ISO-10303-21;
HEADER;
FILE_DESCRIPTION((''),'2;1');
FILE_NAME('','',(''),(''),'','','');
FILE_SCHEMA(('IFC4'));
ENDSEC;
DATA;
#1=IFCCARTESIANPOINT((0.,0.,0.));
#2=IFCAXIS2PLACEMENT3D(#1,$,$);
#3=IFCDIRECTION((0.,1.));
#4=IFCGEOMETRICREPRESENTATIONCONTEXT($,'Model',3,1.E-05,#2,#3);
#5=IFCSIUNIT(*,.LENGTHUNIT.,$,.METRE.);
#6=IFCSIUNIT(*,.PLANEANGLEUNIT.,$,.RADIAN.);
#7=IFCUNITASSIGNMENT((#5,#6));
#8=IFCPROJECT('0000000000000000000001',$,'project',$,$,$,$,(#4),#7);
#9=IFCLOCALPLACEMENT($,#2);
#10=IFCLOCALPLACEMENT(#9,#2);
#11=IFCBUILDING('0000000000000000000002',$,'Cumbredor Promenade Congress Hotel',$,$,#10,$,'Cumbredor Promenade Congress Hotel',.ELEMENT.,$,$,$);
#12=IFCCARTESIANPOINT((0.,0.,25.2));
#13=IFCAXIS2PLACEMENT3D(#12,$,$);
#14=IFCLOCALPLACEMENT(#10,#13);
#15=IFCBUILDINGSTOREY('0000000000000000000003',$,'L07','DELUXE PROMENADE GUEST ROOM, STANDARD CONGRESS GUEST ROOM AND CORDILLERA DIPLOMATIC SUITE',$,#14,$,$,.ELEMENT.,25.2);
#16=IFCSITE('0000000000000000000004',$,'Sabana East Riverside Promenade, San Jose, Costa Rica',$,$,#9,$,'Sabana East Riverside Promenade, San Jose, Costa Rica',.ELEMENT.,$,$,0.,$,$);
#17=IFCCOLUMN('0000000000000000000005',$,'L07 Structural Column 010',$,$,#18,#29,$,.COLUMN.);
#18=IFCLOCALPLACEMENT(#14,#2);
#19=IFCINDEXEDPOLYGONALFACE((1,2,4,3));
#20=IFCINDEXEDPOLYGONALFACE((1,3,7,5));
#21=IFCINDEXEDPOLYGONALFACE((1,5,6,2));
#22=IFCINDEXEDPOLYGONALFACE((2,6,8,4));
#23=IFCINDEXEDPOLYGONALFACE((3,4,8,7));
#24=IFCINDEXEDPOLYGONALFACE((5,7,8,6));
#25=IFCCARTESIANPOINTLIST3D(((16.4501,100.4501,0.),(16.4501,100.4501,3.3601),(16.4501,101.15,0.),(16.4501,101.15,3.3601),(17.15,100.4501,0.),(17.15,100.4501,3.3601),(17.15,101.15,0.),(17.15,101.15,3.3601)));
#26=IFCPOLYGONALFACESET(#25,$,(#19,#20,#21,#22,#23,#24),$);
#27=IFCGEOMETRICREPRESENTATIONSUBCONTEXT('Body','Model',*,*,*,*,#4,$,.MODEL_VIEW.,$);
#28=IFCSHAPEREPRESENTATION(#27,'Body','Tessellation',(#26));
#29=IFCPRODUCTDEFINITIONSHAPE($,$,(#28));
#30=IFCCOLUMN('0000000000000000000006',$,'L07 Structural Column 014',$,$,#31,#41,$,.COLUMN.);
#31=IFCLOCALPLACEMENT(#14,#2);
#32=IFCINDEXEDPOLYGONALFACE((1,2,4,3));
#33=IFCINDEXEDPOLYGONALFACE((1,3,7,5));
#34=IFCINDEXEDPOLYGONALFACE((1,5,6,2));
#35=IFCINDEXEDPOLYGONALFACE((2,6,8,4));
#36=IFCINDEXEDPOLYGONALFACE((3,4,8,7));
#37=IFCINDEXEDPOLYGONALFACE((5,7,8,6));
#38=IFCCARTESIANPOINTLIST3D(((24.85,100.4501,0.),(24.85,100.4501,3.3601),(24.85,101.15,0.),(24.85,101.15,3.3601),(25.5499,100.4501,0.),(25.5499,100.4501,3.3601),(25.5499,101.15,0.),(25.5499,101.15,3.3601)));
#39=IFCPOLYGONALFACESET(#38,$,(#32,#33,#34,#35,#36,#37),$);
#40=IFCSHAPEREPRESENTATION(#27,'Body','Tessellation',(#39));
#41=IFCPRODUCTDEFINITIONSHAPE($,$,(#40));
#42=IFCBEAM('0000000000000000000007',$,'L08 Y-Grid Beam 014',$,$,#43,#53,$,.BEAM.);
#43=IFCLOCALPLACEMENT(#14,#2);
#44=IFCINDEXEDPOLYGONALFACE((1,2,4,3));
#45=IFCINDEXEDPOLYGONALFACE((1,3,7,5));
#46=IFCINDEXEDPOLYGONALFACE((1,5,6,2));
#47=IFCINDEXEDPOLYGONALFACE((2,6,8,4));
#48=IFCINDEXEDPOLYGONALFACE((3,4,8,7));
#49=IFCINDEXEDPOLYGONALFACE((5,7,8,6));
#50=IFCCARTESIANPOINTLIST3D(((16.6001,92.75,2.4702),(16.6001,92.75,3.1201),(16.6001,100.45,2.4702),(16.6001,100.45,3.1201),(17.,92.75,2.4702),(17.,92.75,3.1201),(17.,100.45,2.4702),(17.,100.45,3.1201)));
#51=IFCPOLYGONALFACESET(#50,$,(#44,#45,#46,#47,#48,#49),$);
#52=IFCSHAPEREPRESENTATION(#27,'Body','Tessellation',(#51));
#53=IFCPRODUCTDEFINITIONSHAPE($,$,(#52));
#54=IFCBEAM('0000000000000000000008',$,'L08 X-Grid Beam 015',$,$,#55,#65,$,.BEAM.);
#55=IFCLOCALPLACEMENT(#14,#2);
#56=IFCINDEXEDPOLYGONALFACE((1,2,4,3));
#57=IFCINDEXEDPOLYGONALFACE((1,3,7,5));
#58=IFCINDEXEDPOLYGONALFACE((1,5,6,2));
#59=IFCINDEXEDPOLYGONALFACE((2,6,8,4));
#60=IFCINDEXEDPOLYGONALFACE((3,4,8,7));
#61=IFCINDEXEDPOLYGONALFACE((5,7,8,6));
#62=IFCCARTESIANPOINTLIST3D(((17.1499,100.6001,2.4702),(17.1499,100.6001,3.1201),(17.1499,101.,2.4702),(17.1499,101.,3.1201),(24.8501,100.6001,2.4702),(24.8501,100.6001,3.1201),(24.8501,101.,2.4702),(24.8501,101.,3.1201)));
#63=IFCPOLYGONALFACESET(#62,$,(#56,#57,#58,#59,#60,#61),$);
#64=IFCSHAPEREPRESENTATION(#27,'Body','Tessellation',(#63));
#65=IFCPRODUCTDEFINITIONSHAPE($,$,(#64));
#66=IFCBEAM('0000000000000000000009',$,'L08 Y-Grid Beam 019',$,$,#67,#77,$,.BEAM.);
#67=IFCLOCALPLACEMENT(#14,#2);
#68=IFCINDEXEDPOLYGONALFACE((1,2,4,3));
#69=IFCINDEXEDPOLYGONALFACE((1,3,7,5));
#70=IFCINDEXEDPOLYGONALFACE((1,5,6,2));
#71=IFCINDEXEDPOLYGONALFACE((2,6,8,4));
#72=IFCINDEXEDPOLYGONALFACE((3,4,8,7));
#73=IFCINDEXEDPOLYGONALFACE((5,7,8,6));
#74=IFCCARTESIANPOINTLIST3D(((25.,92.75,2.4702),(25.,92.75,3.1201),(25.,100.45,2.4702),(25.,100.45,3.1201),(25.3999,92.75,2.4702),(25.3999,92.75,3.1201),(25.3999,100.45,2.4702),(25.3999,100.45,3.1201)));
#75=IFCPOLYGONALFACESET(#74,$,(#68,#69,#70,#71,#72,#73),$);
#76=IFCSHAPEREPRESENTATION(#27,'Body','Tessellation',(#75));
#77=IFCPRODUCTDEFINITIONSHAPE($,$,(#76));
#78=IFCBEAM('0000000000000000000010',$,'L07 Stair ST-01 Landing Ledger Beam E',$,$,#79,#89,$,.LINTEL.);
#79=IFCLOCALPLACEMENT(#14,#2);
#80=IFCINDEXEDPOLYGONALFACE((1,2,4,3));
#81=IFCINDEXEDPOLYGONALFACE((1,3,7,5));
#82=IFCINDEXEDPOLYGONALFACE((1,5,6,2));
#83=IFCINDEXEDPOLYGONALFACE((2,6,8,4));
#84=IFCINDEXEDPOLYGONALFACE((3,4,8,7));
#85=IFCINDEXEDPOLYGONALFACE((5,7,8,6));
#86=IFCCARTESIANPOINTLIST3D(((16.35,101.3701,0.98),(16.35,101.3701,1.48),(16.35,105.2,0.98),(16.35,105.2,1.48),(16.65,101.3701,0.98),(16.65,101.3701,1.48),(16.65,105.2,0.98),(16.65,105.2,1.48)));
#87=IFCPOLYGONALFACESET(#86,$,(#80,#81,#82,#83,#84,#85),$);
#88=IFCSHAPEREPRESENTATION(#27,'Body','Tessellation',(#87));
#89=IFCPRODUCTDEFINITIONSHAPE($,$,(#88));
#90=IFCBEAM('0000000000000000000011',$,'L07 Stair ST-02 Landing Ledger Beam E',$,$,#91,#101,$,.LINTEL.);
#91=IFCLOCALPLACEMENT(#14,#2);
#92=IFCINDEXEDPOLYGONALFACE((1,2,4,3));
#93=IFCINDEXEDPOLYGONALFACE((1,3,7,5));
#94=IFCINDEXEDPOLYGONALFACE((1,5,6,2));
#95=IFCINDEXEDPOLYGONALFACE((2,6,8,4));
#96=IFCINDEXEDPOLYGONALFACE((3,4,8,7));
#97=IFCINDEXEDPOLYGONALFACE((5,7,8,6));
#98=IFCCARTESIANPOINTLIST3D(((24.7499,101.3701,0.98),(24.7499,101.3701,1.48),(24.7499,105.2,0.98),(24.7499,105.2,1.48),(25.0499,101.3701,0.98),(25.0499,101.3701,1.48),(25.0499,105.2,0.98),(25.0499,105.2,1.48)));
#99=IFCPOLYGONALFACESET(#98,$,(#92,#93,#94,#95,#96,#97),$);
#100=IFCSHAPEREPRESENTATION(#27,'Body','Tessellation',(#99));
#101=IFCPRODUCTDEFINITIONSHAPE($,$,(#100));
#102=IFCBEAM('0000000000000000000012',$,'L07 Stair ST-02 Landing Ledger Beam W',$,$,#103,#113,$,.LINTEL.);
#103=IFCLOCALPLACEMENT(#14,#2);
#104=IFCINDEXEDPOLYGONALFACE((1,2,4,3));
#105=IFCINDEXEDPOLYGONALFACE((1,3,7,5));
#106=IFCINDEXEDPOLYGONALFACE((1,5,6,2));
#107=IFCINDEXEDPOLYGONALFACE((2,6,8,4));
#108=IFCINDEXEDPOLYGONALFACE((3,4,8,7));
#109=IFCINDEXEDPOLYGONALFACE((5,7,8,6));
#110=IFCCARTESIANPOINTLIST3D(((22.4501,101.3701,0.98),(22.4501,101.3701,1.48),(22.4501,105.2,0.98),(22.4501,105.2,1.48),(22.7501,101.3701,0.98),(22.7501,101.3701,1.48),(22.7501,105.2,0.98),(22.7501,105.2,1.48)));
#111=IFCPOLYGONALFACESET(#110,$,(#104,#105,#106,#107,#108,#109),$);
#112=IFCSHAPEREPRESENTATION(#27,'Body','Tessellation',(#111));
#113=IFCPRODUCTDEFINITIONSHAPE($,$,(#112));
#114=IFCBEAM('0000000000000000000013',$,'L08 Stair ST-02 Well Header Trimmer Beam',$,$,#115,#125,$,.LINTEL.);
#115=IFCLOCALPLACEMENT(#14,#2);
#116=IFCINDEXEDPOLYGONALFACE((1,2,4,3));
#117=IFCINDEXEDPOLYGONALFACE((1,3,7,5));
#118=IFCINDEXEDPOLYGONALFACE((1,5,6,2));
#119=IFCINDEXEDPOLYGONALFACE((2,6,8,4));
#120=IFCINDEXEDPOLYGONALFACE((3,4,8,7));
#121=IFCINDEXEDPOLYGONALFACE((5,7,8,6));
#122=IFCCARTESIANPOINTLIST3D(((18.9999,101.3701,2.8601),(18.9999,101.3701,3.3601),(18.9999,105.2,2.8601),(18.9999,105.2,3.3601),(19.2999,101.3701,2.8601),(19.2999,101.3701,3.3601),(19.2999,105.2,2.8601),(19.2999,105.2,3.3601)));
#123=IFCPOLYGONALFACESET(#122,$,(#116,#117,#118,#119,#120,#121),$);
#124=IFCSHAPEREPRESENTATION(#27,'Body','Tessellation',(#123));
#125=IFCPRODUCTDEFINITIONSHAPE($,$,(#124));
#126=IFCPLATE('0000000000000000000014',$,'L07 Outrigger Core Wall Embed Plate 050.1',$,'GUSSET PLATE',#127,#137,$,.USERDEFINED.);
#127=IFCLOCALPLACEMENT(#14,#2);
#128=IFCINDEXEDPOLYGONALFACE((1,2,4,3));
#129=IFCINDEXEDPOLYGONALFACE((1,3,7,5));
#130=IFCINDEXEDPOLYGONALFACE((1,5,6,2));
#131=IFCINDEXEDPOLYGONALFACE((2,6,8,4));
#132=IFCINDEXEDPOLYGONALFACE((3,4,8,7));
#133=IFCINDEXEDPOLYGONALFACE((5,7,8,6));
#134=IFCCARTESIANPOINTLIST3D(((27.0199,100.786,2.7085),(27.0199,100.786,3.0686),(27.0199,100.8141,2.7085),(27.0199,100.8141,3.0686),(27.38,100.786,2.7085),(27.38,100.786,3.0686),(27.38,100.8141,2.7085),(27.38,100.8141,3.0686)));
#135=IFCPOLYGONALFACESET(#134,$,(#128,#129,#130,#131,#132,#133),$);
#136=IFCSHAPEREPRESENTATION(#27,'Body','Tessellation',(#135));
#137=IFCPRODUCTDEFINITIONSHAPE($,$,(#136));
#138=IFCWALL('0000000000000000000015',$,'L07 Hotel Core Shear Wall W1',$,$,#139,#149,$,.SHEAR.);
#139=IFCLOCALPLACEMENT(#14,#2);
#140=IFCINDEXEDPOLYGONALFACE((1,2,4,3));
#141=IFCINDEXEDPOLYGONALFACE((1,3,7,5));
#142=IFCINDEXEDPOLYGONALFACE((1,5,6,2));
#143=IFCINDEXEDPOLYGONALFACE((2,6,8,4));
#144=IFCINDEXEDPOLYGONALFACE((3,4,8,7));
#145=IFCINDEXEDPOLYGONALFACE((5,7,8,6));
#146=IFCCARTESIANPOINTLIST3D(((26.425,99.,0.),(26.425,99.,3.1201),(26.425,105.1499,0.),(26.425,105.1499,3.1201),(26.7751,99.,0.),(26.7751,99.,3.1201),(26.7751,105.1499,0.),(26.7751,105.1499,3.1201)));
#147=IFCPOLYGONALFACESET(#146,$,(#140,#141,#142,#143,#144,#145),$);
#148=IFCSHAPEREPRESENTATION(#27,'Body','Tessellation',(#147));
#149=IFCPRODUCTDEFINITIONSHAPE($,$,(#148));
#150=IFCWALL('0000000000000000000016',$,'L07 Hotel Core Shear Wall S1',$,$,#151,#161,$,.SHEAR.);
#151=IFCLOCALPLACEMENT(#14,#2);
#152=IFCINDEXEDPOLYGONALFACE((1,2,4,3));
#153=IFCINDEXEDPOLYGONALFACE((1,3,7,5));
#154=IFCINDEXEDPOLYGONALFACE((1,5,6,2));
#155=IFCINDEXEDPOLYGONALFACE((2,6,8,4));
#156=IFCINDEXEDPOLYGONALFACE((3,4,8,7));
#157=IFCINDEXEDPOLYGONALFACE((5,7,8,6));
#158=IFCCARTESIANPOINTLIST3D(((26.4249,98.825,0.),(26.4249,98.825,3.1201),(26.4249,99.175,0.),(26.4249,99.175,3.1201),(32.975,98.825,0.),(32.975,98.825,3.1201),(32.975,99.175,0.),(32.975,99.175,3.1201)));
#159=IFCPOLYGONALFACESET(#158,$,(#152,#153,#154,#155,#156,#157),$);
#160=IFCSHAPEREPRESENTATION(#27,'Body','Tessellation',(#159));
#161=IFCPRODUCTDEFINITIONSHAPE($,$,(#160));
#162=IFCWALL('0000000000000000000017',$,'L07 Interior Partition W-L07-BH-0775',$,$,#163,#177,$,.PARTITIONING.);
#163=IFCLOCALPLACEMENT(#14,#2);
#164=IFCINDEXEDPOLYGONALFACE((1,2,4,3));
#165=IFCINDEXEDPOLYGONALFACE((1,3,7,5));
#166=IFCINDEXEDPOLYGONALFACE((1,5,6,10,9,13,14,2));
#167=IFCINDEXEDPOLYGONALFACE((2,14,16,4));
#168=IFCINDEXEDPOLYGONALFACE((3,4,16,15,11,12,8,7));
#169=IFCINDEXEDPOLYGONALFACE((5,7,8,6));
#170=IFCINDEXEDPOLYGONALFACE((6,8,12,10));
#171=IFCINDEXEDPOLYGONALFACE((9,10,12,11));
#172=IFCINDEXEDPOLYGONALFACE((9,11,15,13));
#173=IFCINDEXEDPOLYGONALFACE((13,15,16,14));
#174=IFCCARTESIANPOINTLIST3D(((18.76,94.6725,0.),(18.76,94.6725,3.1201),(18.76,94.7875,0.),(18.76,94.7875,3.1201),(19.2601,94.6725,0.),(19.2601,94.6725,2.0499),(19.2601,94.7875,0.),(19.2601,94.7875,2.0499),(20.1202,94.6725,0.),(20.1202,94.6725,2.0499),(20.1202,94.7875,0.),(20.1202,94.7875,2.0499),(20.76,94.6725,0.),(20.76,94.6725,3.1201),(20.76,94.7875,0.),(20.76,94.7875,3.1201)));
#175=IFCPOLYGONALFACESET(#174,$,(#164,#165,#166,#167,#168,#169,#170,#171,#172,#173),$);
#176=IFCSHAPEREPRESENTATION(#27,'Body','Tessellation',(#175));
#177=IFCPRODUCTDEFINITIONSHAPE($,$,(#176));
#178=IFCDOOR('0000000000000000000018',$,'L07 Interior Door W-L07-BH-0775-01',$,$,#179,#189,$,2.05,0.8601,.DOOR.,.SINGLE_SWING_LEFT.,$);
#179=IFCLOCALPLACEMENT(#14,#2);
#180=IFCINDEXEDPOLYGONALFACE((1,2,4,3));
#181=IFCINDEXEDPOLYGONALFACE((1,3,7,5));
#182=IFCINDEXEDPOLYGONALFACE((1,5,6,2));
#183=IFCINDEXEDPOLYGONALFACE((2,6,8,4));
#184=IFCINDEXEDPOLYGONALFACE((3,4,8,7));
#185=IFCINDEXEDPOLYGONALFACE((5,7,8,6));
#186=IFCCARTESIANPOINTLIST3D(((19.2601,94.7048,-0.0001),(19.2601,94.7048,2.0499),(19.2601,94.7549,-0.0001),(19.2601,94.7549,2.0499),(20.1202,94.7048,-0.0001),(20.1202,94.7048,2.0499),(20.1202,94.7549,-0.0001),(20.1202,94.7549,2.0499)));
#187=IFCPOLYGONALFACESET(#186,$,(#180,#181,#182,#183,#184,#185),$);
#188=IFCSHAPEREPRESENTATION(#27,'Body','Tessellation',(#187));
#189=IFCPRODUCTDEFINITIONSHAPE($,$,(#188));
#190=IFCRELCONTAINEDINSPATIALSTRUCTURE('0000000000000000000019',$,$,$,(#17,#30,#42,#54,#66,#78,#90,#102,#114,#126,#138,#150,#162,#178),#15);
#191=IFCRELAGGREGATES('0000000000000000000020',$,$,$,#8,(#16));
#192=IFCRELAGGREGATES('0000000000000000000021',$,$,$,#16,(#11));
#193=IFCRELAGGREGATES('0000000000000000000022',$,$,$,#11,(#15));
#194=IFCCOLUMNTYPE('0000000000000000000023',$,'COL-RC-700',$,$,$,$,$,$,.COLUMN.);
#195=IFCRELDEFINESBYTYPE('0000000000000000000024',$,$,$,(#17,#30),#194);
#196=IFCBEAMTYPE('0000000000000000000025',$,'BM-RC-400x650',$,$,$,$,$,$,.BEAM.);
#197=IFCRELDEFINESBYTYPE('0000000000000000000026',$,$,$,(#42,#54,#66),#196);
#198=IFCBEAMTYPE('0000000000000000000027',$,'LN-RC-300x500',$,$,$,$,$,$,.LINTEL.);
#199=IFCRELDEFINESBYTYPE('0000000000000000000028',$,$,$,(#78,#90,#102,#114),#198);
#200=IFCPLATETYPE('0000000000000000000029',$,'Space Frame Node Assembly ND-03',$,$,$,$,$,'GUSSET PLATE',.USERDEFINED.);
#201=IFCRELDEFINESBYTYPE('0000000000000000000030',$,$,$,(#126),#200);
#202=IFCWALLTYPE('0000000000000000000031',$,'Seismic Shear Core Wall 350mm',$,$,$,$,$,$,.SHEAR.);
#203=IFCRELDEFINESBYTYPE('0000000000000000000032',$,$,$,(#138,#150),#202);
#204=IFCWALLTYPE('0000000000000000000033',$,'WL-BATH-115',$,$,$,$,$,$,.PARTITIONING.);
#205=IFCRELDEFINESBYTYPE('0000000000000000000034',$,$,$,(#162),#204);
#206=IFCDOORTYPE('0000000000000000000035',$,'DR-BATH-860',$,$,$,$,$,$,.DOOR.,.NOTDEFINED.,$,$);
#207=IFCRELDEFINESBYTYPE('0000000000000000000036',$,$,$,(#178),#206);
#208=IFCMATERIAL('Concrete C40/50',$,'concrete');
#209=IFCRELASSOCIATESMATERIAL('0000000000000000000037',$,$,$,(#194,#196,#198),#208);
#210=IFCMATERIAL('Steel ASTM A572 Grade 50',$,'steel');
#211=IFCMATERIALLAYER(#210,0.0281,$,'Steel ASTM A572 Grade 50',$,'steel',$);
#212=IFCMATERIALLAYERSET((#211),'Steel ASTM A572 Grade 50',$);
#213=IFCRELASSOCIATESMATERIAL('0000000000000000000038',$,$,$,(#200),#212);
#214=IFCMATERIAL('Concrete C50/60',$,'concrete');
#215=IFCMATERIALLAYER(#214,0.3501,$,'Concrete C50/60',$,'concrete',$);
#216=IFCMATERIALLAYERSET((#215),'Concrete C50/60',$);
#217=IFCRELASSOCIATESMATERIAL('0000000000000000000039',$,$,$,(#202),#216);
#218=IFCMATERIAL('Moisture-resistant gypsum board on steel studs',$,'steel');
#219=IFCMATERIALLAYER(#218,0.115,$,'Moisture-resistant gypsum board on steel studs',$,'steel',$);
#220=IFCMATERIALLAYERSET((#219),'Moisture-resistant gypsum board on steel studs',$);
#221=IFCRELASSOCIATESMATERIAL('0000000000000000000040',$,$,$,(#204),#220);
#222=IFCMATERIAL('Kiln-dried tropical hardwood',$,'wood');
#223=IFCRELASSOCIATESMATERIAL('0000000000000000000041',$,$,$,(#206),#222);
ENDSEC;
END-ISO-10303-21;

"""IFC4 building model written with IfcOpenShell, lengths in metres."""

from ifc_helpers import new_model, si_unit, direction, frame, frame_2d, origin, origin_2d, place, context, subcontext, project, spatial, rectangle, extrude, material, layer, layer_set, material_profile, profile_set, type_object, element, fill, save


model = new_model("IFC4")

# Units and contexts
model_context = context("Model", 3, precision=1e-05, world=origin(), true_north=direction((0.0, 1.0)))
body_context = subcontext(model_context, "Body", "Model", "MODEL_VIEW")
ifc_project = project(units=[si_unit("LENGTHUNIT", "METRE"), si_unit("PLANEANGLEUNIT", "RADIAN")], contexts=[model_context])

# Site, building, storey
site_placement = place(None, origin())
site = spatial("IfcSite", under=ifc_project, at=site_placement, Name="Sabana East Riverside Promenade, San Jose, Costa Rica", LongName="Sabana East Riverside Promenade, San Jose, Costa Rica", CompositionType="ELEMENT", RefElevation=0.0)
building_placement = place(site_placement, origin())
building = spatial("IfcBuilding", under=site, at=building_placement, Name="Cumbredor Promenade Congress Hotel", LongName="Cumbredor Promenade Congress Hotel", CompositionType="ELEMENT")
storey_placement = place(building_placement, frame((0.0, 0.0, 25.2)))
storey = spatial("IfcBuildingStorey", under=building, at=storey_placement, Name="L07", Description="DELUXE PROMENADE GUEST ROOM, STANDARD CONGRESS GUEST ROOM AND CORDILLERA DIPLOMATIC SUITE", CompositionType="ELEMENT", Elevation=25.2)

# Columns
ifc_material_1 = material(Name="Concrete C40/50", Category="concrete")
ifc_material_profile_1 = material_profile(ifc_material_1, rectangle(XDim=0.7, YDim=0.7, at=origin_2d()), Name="RC 700x700")
ifc_profile_set_1 = profile_set([ifc_material_profile_1], Name="Concrete C40/50")
column_type = type_object("IfcColumnType", Name="COL-RC-700", PredefinedType="COLUMN", material=ifc_profile_set_1)
for number, where, z_axis, x_axis, name in (
    (1, (16.8, 100.8, 0.0), (0.0, 0.0, 1.0), (1.0, 0.0, 0.0), "L07 Structural Column 010"),
    (2, (25.2, 100.8, 0.0), (0.0, 0.0, 1.0), (1.0, 0.0, 0.0), "L07 Structural Column 014"),
):
    element("IfcColumn", number, at=place(storey_placement, frame(where, z_axis=z_axis, x_axis=x_axis)), inside=storey, type_object=column_type, Name=name, PredefinedType="COLUMN", context=body_context, shape_type="SweptSolid", body=[
        extrude(rectangle(XDim=0.7, YDim=0.7, at=origin_2d()), origin(), (0.0, 0.0, 1.0), 3.3601),
    ])

# Beams
ifc_material_profile_2 = material_profile(ifc_material_1, rectangle(XDim=0.3999, YDim=0.6499, at=origin_2d()), Name="RC BEAM 400x650")
ifc_profile_set_2 = profile_set([ifc_material_profile_2], Name="Concrete C40/50")
beam_type_1 = type_object("IfcBeamType", Name="BM-RC-400x650", PredefinedType="BEAM", material=ifc_profile_set_2)
beam_1_placement = place(storey_placement, frame((16.8, 92.75, 2.7952), z_axis=(0.0, 1.0, 0.0), x_axis=(-1.0, 0.0, 0.0)))
element("IfcBeam", 3, at=beam_1_placement, inside=storey, type_object=beam_type_1, Name="L08 Y-Grid Beam 014", PredefinedType="BEAM", context=body_context, shape_type="SweptSolid", body=[
    extrude(rectangle(XDim=0.3999, YDim=0.6499, at=origin_2d()), origin(), (0.0, 0.0, 1.0), 7.7),
])
beam_2_placement = place(storey_placement, frame((17.1499, 100.8, 2.7952), z_axis=(1.0, 0.0, 0.0), x_axis=(0.0, 1.0, 0.0)))
element("IfcBeam", 4, at=beam_2_placement, inside=storey, type_object=beam_type_1, Name="L08 X-Grid Beam 015", PredefinedType="BEAM", context=body_context, shape_type="SweptSolid", body=[
    extrude(rectangle(XDim=0.3999, YDim=0.6499, at=origin_2d()), origin(), (0.0, 0.0, 1.0), 7.7002),
])
beam_3_placement = place(storey_placement, frame((25.2, 92.75, 2.7952), z_axis=(0.0, 1.0, 0.0), x_axis=(-1.0, 0.0, 0.0)))
element("IfcBeam", 5, at=beam_3_placement, inside=storey, type_object=beam_type_1, Name="L08 Y-Grid Beam 019", PredefinedType="BEAM", context=body_context, shape_type="SweptSolid", body=[
    extrude(rectangle(XDim=0.3999, YDim=0.6499, at=origin_2d()), origin(), (0.0, 0.0, 1.0), 7.7),
])
ifc_material_profile_3 = material_profile(ifc_material_1, rectangle(XDim=0.3, YDim=0.5, at=origin_2d()), Name="RC LINTEL 300x500")
ifc_profile_set_3 = profile_set([ifc_material_profile_3], Name="Concrete C40/50")
beam_type_2 = type_object("IfcBeamType", Name="LN-RC-300x500", PredefinedType="LINTEL", material=ifc_profile_set_3)
for number, where, z_axis, x_axis, name in (
    (6, (16.5, 101.3701, 1.23), (0.0, 1.0, 0.0), (-1.0, 0.0, 0.0), "L07 Stair ST-01 Landing Ledger Beam E"),
    (7, (24.8999, 101.3701, 1.23), (0.0, 1.0, 0.0), (-1.0, 0.0, 0.0), "L07 Stair ST-02 Landing Ledger Beam E"),
    (8, (22.6001, 101.3701, 1.23), (0.0, 1.0, 0.0), (-1.0, 0.0, 0.0), "L07 Stair ST-02 Landing Ledger Beam W"),
    (9, (19.1499, 101.3701, 3.1101), (0.0, 1.0, 0.0), (-1.0, 0.0, 0.0), "L08 Stair ST-02 Well Header Trimmer Beam"),
):
    element("IfcBeam", number, at=place(storey_placement, frame(where, z_axis=z_axis, x_axis=x_axis)), inside=storey, type_object=beam_type_2, Name=name, PredefinedType="LINTEL", context=body_context, shape_type="SweptSolid", body=[
        extrude(rectangle(XDim=0.3, YDim=0.5, at=origin_2d()), origin(), (0.0, 0.0, 1.0), 3.8298),
    ])

# Plate
ifc_material_2 = material(Name="Steel ASTM A572 Grade 50", Category="steel")
ifc_layer_1 = layer(ifc_material_2, 0.0281, Name="Steel ASTM A572 Grade 50", Category="steel")
ifc_layer_set_1 = layer_set([ifc_layer_1], Name="Steel ASTM A572 Grade 50")
plate_type = type_object("IfcPlateType", Name="Space Frame Node Assembly ND-03", ElementType="GUSSET PLATE", PredefinedType="USERDEFINED", material=ifc_layer_set_1)
plate_placement = place(storey_placement, frame((27.2, 100.8, 2.7085), z_axis=(0.0, 0.0, 1.0), x_axis=(1.0, 0.0, 0.0)))
element("IfcPlate", 10, at=plate_placement, inside=storey, type_object=plate_type, Name="L07 Outrigger Core Wall Embed Plate 050.1", ObjectType="GUSSET PLATE", PredefinedType="USERDEFINED", context=body_context, shape_type="SweptSolid", body=[
    extrude(rectangle(XDim=0.3601, YDim=0.0281, at=origin_2d()), origin(), (0.0, 0.0, 1.0), 0.3601),
])

# Walls
ifc_material_3 = material(Name="Concrete C50/60", Category="concrete")
ifc_layer_2 = layer(ifc_material_3, 0.3501, Name="Concrete C50/60", Category="concrete")
ifc_layer_set_2 = layer_set([ifc_layer_2], Name="Concrete C50/60")
wall_type_1 = type_object("IfcWallType", Name="Seismic Shear Core Wall 350mm", PredefinedType="SHEAR", material=ifc_layer_set_2)
wall_1_placement = place(storey_placement, frame((26.6001, 99.0, 0.0), z_axis=(0.0, 0.0, 1.0), x_axis=(0.0, 1.0, 0.0)))
element("IfcWall", 11, at=wall_1_placement, inside=storey, type_object=wall_type_1, Name="L07 Hotel Core Shear Wall W1", PredefinedType="SHEAR", context=body_context, shape_type="SweptSolid", body=[
    extrude(rectangle(XDim=6.1499, YDim=0.3501, at=frame_2d((3.075, 0.0))), origin(), (0.0, 0.0, 1.0), 3.1201),
])
wall_2_placement = place(storey_placement, frame((26.425, 99.0, 0.0), z_axis=(0.0, 0.0, 1.0), x_axis=(1.0, 0.0, 0.0)))
element("IfcWall", 12, at=wall_2_placement, inside=storey, type_object=wall_type_1, Name="L07 Hotel Core Shear Wall S1", PredefinedType="SHEAR", context=body_context, shape_type="SweptSolid", body=[
    extrude(rectangle(XDim=6.55, YDim=0.3501, at=frame_2d((3.2749, 0.0))), origin(), (0.0, 0.0, 1.0), 3.1201),
])

# Wall, opening, door
ifc_material_4 = material(Name="Moisture-resistant gypsum board on steel studs", Category="steel")
ifc_layer_3 = layer(ifc_material_4, 0.115, Name="Moisture-resistant gypsum board on steel studs", Category="steel")
ifc_layer_set_3 = layer_set([ifc_layer_3], Name="Moisture-resistant gypsum board on steel studs")
wall_type_2 = type_object("IfcWallType", Name="WL-BATH-115", PredefinedType="PARTITIONING", material=ifc_layer_set_3)
wall_3_placement = place(storey_placement, frame((18.76, 94.73, 0.0), z_axis=(0.0, 0.0, 1.0), x_axis=(1.0, 0.0, 0.0)))
wall_3 = element("IfcWall", 13, at=wall_3_placement, inside=storey, type_object=wall_type_2, Name="L07 Interior Partition W-L07-BH-0775", PredefinedType="PARTITIONING", context=body_context, shape_type="SweptSolid", body=[
    extrude(rectangle(XDim=2.0, YDim=0.115, at=frame_2d((1.0, 0.0))), origin(), (0.0, 0.0, 1.0), 3.1201),
])
opening_1_placement = place(wall_3_placement, frame((0.5, 0.0, 0.0)))
opening_1 = element("IfcOpeningElement", 14, at=opening_1_placement, cuts=wall_3, PredefinedType="OPENING", context=body_context, shape_type="SweptSolid", body=[
    extrude(rectangle(XDim=0.8601, YDim=2.05, at=frame_2d((0.4302, 1.0249))), frame((0.0, 0.0674, 0.0), z_axis=(0.0, -1.0, 0.0), x_axis=(1.0, 0.0, 0.0)), (0.0, 0.0, 1.0), 0.135),
])
ifc_material_5 = material(Name="Kiln-dried tropical hardwood", Category="wood")
door_type_1 = type_object("IfcDoorType", Name="DR-BATH-860", OperationType="NOTDEFINED", PredefinedType="DOOR", material=ifc_material_5)
door_1_placement = place(opening_1_placement, origin())
door_1 = element("IfcDoor", 15, at=door_1_placement, inside=storey, type_object=door_type_1, Name="L07 Interior Door W-L07-BH-0775-01", OperationType="SINGLE_SWING_LEFT", OverallHeight=2.05, OverallWidth=0.8601, PredefinedType="DOOR", context=body_context, shape_type="SweptSolid", body=[
    extrude(rectangle(XDim=0.8601, YDim=2.05, at=frame_2d((0.4302, 1.0249))), frame((0.0, 0.0249, 0.0), z_axis=(0.0, -1.0, 0.0), x_axis=(1.0, 0.0, 0.0)), (0.0, 0.0, 1.0), 0.05),
])
fill(opening_1, door_1)

save(model, "model.ifc")
